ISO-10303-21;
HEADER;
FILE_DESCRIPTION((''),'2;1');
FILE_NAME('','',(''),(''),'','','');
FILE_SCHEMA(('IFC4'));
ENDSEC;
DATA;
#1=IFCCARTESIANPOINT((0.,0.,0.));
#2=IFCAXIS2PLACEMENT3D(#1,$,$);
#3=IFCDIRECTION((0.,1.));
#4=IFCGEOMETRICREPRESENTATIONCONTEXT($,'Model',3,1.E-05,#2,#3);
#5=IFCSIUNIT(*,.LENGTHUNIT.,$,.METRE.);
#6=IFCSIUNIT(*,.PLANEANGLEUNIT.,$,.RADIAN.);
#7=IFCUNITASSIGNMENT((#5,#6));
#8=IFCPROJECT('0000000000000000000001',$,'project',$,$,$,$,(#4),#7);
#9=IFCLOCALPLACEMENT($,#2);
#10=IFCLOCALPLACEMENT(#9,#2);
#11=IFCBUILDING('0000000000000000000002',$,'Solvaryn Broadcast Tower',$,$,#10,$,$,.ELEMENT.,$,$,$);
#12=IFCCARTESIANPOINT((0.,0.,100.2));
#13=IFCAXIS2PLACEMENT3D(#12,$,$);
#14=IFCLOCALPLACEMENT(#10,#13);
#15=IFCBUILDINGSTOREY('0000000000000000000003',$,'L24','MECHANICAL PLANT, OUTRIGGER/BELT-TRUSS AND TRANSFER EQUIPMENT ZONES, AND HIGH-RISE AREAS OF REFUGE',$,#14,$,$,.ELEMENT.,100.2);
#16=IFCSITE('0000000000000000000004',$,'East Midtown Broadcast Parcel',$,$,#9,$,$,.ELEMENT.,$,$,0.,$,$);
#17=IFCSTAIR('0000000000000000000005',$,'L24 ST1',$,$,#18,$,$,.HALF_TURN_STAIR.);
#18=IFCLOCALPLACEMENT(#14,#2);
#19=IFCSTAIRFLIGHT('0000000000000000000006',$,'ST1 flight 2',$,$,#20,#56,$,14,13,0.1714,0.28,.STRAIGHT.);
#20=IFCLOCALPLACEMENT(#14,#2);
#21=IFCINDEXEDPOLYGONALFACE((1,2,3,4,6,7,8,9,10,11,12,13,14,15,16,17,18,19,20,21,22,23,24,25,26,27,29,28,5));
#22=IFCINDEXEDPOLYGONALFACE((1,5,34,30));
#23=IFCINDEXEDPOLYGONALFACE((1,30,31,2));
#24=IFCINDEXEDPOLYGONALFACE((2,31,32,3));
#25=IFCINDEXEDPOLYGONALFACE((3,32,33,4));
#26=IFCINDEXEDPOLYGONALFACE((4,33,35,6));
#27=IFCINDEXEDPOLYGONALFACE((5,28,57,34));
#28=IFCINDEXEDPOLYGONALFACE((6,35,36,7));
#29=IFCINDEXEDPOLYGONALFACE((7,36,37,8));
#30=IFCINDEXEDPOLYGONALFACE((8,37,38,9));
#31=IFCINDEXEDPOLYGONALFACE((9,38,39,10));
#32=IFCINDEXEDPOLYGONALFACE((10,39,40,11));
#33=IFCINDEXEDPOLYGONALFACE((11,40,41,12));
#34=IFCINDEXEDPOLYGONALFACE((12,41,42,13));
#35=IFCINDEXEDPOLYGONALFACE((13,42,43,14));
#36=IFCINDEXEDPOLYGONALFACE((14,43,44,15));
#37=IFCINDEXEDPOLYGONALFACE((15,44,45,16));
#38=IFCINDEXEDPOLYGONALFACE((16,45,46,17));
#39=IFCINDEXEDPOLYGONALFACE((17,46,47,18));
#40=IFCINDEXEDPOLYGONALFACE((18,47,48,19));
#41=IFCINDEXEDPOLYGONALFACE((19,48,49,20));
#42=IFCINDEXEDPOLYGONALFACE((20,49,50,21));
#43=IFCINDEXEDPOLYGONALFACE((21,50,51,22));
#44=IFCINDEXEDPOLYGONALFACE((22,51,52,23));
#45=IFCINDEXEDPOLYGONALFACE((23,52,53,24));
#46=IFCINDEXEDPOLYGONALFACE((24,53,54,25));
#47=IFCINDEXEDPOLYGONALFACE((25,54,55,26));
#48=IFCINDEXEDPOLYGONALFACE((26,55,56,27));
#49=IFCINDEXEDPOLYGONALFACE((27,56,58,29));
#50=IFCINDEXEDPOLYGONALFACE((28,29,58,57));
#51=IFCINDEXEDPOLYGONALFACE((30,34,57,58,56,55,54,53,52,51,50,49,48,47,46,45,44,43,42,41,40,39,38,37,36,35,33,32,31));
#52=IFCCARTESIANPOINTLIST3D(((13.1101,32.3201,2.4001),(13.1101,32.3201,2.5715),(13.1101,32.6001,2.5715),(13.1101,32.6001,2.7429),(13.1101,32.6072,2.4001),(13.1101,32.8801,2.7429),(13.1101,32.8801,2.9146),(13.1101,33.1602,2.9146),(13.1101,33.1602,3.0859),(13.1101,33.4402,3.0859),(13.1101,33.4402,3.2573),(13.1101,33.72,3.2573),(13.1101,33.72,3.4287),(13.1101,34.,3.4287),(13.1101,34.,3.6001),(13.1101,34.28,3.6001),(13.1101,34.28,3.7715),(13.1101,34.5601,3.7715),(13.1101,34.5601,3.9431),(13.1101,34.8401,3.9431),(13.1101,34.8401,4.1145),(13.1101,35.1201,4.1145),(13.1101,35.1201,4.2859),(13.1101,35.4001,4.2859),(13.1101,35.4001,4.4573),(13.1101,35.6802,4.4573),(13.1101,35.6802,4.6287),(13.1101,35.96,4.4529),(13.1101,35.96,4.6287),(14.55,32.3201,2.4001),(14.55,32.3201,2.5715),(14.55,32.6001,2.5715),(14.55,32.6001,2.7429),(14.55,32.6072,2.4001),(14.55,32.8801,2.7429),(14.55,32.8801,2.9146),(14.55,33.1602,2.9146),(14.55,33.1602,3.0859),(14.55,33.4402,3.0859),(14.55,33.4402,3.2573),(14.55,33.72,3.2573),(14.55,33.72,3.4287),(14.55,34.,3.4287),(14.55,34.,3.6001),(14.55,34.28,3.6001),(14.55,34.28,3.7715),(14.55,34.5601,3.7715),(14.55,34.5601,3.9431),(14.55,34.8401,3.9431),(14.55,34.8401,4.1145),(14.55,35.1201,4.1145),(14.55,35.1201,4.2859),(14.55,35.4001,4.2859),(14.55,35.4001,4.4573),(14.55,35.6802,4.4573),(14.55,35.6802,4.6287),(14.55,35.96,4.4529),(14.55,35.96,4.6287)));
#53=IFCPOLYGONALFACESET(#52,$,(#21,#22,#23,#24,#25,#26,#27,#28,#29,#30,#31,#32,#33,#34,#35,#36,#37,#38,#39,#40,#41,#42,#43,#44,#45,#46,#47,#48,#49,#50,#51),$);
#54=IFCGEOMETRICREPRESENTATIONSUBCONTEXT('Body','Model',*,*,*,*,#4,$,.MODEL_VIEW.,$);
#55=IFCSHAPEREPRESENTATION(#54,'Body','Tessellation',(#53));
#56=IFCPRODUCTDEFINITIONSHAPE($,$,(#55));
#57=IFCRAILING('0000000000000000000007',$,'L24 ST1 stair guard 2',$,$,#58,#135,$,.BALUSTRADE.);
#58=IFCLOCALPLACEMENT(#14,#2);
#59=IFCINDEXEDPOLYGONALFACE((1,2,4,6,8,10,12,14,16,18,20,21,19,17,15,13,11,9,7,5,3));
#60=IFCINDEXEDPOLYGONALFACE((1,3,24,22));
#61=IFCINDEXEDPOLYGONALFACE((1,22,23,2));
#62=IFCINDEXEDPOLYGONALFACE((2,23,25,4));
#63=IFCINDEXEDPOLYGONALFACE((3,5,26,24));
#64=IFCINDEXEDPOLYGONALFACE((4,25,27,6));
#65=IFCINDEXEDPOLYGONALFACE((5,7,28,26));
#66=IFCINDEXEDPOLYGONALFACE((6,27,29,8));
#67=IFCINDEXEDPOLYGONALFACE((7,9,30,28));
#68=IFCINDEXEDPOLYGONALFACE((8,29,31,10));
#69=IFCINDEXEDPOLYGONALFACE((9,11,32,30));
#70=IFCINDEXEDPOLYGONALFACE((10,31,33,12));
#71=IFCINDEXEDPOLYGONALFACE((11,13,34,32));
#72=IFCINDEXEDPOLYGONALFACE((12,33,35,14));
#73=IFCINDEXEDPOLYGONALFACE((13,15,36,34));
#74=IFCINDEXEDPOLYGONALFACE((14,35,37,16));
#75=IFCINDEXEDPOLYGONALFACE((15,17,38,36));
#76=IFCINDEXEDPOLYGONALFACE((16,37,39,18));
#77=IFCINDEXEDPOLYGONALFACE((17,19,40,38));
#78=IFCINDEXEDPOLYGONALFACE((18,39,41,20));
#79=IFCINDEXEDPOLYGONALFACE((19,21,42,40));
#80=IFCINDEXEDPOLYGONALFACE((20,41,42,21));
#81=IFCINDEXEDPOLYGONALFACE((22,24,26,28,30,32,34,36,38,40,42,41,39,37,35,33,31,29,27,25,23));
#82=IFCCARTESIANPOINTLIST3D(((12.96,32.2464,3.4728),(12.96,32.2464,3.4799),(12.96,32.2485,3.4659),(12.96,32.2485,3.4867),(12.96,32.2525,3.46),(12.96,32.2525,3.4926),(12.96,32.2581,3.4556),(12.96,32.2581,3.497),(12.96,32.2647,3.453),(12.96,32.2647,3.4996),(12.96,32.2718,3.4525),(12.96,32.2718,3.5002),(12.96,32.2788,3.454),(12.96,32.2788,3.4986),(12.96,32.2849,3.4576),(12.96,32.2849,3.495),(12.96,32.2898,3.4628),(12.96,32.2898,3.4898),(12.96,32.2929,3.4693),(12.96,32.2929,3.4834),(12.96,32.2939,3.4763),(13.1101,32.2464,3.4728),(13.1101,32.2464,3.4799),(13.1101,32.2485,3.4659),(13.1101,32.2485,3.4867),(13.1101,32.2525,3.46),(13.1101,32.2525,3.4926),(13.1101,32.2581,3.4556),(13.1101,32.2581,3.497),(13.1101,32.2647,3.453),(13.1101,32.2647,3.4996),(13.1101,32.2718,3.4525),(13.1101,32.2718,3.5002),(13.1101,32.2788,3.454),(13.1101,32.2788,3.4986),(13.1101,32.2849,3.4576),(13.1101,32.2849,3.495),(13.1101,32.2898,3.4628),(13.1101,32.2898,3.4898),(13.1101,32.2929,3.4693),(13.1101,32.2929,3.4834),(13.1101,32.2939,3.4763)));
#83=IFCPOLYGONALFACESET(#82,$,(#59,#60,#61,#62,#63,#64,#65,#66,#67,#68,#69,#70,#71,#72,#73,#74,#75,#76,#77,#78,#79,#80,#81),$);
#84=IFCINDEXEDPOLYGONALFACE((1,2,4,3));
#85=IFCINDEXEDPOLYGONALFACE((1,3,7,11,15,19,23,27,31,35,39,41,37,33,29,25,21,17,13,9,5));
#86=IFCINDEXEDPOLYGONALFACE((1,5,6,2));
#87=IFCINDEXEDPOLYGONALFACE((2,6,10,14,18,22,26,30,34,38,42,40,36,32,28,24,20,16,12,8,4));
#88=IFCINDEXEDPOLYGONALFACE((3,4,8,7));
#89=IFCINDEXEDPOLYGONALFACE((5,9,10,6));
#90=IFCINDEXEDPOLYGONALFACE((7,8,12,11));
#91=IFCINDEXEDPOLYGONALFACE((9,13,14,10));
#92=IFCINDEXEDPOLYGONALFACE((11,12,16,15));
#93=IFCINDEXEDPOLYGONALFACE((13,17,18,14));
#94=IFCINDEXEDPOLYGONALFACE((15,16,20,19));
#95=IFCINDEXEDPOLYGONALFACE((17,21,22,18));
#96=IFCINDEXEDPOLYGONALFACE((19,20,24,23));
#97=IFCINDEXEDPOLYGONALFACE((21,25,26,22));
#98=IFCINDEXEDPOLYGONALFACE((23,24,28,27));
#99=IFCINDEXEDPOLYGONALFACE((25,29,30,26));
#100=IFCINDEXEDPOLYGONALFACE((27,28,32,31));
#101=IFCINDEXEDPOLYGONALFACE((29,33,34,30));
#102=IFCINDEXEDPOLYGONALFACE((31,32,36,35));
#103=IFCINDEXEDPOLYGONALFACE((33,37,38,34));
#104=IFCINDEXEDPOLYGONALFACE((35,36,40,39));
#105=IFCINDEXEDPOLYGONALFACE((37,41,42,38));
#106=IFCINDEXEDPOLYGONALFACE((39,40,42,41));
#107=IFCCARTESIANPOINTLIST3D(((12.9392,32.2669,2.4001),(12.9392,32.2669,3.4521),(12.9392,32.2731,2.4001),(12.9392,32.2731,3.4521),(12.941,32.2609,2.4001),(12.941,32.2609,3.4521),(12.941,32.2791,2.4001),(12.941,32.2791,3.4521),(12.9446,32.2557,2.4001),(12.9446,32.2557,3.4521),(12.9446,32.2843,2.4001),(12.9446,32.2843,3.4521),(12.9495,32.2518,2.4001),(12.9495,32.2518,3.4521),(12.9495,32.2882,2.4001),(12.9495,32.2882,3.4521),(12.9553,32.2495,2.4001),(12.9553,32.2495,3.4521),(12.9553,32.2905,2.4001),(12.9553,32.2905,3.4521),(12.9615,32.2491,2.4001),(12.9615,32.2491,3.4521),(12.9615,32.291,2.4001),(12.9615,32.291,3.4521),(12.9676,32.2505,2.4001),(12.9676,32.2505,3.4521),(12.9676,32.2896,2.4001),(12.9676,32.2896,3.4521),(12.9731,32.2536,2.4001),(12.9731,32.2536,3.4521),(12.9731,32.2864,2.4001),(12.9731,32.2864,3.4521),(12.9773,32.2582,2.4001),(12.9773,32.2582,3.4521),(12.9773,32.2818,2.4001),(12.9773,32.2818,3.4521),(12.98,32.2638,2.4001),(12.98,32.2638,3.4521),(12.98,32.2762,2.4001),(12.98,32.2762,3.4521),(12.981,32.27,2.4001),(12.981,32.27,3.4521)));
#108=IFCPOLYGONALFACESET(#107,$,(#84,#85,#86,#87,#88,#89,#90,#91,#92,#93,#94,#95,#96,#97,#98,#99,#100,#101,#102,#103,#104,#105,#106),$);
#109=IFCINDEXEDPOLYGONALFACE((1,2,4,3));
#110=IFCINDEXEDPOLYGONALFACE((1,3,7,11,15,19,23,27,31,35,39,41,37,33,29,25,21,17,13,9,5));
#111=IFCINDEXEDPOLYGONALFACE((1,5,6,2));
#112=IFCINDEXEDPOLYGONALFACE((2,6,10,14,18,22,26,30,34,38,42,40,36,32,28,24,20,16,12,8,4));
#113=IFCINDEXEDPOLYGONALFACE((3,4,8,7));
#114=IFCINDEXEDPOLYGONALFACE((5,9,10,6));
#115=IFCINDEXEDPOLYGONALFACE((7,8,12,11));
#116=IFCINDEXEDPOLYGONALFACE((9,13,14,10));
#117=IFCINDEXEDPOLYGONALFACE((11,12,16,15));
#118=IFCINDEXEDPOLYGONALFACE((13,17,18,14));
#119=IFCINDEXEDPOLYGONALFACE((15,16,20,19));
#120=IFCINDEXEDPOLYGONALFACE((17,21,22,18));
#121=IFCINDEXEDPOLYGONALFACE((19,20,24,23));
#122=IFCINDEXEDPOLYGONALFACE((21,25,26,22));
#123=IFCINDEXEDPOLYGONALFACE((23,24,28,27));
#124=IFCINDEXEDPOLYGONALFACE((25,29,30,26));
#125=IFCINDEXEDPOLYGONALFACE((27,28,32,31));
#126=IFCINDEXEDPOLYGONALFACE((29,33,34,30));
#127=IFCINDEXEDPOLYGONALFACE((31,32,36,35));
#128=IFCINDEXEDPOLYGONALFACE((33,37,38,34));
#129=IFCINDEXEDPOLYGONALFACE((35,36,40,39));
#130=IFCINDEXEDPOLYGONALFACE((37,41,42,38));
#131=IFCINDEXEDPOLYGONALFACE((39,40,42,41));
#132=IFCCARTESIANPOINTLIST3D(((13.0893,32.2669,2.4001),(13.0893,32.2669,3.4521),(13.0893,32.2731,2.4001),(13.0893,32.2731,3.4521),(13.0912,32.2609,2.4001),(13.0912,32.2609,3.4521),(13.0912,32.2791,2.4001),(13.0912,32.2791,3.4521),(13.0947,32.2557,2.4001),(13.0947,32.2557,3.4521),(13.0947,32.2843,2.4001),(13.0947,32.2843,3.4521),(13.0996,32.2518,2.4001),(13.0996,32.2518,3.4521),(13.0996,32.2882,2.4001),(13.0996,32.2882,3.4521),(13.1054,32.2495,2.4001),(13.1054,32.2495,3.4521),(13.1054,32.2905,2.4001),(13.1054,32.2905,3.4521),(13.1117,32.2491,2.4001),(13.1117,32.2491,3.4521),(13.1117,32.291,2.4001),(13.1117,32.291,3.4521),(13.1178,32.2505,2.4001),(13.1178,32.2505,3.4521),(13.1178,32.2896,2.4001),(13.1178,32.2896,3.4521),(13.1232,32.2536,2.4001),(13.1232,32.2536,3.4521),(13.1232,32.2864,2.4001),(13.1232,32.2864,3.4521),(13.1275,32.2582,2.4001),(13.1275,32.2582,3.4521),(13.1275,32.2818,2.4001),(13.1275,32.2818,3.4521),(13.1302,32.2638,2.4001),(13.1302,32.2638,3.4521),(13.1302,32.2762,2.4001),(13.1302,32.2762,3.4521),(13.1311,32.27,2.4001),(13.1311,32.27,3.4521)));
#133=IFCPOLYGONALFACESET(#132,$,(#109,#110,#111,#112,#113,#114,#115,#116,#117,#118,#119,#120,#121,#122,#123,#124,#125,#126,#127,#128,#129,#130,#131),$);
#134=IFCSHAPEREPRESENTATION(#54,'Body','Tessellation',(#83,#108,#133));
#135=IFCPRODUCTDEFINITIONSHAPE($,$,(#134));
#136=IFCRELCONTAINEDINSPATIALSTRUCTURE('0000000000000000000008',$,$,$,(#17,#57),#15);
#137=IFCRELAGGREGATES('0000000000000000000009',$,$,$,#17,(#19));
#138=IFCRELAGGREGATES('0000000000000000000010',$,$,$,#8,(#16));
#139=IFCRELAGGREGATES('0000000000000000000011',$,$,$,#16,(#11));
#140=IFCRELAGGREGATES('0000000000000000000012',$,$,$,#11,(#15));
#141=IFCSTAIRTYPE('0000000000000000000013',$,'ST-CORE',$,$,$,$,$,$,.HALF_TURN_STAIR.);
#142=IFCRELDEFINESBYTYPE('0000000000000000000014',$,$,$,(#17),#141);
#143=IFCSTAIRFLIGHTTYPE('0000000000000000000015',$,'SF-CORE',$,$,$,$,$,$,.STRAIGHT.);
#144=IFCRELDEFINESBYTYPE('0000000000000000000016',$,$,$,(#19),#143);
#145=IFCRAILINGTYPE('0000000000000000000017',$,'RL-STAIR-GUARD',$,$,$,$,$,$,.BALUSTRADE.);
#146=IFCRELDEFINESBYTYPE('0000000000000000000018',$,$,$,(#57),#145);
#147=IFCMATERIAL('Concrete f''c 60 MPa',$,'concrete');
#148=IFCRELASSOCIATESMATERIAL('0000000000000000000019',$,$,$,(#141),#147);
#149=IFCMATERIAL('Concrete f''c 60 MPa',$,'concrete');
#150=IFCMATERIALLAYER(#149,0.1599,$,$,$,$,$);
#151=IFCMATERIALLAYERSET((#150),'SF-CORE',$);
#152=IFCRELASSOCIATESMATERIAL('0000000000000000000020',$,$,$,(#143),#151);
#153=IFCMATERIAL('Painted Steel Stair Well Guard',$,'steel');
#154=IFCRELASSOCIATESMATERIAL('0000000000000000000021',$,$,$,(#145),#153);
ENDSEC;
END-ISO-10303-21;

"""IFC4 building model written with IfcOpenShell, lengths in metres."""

from ifc_helpers import new_model, si_unit, direction, frame, origin, origin_2d, place, context, subcontext, project, spatial, polyline, circle, outline, extrude, material, layer, layer_set, type_object, element, aggregate, save


model = new_model("IFC4")

# Units and contexts
model_context = context("Model", 3, precision=1e-05, world=origin(), true_north=direction((0.0, 1.0)))
body_context = subcontext(model_context, "Body", "Model", "MODEL_VIEW")
ifc_project = project(units=[si_unit("LENGTHUNIT", "METRE"), si_unit("PLANEANGLEUNIT", "RADIAN")], contexts=[model_context])

# Site, building, storey
site_placement = place(None, origin())
site = spatial("IfcSite", under=ifc_project, at=site_placement, Name="East Midtown Broadcast Parcel", CompositionType="ELEMENT", RefElevation=0.0)
building_placement = place(site_placement, origin())
building = spatial("IfcBuilding", under=site, at=building_placement, Name="Solvaryn Broadcast Tower", CompositionType="ELEMENT")
storey_placement = place(building_placement, frame((0.0, 0.0, 100.2)))
storey = spatial("IfcBuildingStorey", under=building, at=storey_placement, Name="L24", Description="MECHANICAL PLANT, OUTRIGGER/BELT-TRUSS AND TRANSFER EQUIPMENT ZONES, AND HIGH-RISE AREAS OF REFUGE", CompositionType="ELEMENT", Elevation=100.2)

# Stair, stair flight
ifc_material_1 = material(Name="Concrete f'c 60 MPa", Category="concrete")
stair_type = type_object("IfcStairType", Name="ST-CORE", PredefinedType="HALF_TURN_STAIR", material=ifc_material_1)
stair_placement = place(storey_placement, origin())
stair = element("IfcStair", 1, at=stair_placement, inside=storey, type_object=stair_type, Name="L24 ST1", PredefinedType="HALF_TURN_STAIR")
ifc_material_2 = material(Name="Concrete f'c 60 MPa", Category="concrete")
ifc_layer_1 = layer(ifc_material_2, 0.1599)
ifc_layer_set_1 = layer_set([ifc_layer_1], Name="SF-CORE")
stair_flight_type = type_object("IfcStairFlightType", Name="SF-CORE", PredefinedType="STRAIGHT", material=ifc_layer_set_1)
stair_flight_placement = place(storey_placement, frame((13.8301, 32.3201, 2.4001), z_axis=(0.0, 0.0, 1.0), x_axis=(0.0, 1.0, 0.0)))
stair_flight = element("IfcStairFlight", 2, at=stair_flight_placement, type_object=stair_flight_type, Name="ST1 flight 2", NumberOfRisers=14, NumberOfTreads=13, PredefinedType="STRAIGHT", RiserHeight=0.1714, TreadLength=0.28, context=body_context, shape_type="SweptSolid", body=[
    extrude(outline(polyline([(0.0, 0.0), (0.0, 0.1714), (0.28, 0.1714), (0.28, 0.3428), (0.5601, 0.3428), (0.5601, 0.5144), (0.8401, 0.5144), (0.8401, 0.6858), (1.1201, 0.6858), (1.1201, 0.8572), (1.3999, 0.8572), (1.3999, 1.0286), (1.6799, 1.0286), (1.6799, 1.2), (1.96, 1.2), (1.96, 1.3713), (2.24, 1.3713), (2.24, 1.543), (2.52, 1.543), (2.52, 1.7144), (2.8, 1.7144), (2.8, 1.8857), (3.0801, 1.8857), (3.0801, 2.0571), (3.3601, 2.0571), (3.3601, 2.2285), (3.6399, 2.2285), (3.6399, 2.3999), (3.6399, 2.0527), (0.2871, 0.0), (0.0, 0.0)])), frame((0.0, 0.72, 0.0), z_axis=(0.0, -1.0, 0.0), x_axis=(1.0, 0.0, 0.0)), (0.0, 0.0, 1.0), 1.4399),
])
aggregate(stair, [stair_flight])

# Railing
ifc_material_3 = material(Name="Painted Steel Stair Well Guard", Category="steel")
railing_type = type_object("IfcRailingType", Name="RL-STAIR-GUARD", PredefinedType="BALUSTRADE", material=ifc_material_3)
railing_1_placement = place(storey_placement, frame((12.96, 32.27, 2.4001)))
element("IfcRailing", 3, at=railing_1_placement, inside=storey, type_object=railing_type, Name="L24 ST1 stair guard 2", PredefinedType="BALUSTRADE", context=body_context, shape_type="SweptSolid", body=[
    extrude(circle(Radius=0.0239, at=origin_2d()), frame((0.0, 0.0, 1.0762), z_axis=(1.0, 0.0, 0.0), x_axis=(0.0, 1.0, 0.0)), (0.0, 0.0, 1.0), 0.1501),
    extrude(circle(Radius=0.021, at=origin_2d()), origin(), (0.0, 0.0, 1.0), 1.052),
    extrude(circle(Radius=0.021, at=origin_2d()), frame((0.1501, 0.0, 0.0)), (0.0, 0.0, 1.0), 1.052),
])

save(model, "model.ifc")
